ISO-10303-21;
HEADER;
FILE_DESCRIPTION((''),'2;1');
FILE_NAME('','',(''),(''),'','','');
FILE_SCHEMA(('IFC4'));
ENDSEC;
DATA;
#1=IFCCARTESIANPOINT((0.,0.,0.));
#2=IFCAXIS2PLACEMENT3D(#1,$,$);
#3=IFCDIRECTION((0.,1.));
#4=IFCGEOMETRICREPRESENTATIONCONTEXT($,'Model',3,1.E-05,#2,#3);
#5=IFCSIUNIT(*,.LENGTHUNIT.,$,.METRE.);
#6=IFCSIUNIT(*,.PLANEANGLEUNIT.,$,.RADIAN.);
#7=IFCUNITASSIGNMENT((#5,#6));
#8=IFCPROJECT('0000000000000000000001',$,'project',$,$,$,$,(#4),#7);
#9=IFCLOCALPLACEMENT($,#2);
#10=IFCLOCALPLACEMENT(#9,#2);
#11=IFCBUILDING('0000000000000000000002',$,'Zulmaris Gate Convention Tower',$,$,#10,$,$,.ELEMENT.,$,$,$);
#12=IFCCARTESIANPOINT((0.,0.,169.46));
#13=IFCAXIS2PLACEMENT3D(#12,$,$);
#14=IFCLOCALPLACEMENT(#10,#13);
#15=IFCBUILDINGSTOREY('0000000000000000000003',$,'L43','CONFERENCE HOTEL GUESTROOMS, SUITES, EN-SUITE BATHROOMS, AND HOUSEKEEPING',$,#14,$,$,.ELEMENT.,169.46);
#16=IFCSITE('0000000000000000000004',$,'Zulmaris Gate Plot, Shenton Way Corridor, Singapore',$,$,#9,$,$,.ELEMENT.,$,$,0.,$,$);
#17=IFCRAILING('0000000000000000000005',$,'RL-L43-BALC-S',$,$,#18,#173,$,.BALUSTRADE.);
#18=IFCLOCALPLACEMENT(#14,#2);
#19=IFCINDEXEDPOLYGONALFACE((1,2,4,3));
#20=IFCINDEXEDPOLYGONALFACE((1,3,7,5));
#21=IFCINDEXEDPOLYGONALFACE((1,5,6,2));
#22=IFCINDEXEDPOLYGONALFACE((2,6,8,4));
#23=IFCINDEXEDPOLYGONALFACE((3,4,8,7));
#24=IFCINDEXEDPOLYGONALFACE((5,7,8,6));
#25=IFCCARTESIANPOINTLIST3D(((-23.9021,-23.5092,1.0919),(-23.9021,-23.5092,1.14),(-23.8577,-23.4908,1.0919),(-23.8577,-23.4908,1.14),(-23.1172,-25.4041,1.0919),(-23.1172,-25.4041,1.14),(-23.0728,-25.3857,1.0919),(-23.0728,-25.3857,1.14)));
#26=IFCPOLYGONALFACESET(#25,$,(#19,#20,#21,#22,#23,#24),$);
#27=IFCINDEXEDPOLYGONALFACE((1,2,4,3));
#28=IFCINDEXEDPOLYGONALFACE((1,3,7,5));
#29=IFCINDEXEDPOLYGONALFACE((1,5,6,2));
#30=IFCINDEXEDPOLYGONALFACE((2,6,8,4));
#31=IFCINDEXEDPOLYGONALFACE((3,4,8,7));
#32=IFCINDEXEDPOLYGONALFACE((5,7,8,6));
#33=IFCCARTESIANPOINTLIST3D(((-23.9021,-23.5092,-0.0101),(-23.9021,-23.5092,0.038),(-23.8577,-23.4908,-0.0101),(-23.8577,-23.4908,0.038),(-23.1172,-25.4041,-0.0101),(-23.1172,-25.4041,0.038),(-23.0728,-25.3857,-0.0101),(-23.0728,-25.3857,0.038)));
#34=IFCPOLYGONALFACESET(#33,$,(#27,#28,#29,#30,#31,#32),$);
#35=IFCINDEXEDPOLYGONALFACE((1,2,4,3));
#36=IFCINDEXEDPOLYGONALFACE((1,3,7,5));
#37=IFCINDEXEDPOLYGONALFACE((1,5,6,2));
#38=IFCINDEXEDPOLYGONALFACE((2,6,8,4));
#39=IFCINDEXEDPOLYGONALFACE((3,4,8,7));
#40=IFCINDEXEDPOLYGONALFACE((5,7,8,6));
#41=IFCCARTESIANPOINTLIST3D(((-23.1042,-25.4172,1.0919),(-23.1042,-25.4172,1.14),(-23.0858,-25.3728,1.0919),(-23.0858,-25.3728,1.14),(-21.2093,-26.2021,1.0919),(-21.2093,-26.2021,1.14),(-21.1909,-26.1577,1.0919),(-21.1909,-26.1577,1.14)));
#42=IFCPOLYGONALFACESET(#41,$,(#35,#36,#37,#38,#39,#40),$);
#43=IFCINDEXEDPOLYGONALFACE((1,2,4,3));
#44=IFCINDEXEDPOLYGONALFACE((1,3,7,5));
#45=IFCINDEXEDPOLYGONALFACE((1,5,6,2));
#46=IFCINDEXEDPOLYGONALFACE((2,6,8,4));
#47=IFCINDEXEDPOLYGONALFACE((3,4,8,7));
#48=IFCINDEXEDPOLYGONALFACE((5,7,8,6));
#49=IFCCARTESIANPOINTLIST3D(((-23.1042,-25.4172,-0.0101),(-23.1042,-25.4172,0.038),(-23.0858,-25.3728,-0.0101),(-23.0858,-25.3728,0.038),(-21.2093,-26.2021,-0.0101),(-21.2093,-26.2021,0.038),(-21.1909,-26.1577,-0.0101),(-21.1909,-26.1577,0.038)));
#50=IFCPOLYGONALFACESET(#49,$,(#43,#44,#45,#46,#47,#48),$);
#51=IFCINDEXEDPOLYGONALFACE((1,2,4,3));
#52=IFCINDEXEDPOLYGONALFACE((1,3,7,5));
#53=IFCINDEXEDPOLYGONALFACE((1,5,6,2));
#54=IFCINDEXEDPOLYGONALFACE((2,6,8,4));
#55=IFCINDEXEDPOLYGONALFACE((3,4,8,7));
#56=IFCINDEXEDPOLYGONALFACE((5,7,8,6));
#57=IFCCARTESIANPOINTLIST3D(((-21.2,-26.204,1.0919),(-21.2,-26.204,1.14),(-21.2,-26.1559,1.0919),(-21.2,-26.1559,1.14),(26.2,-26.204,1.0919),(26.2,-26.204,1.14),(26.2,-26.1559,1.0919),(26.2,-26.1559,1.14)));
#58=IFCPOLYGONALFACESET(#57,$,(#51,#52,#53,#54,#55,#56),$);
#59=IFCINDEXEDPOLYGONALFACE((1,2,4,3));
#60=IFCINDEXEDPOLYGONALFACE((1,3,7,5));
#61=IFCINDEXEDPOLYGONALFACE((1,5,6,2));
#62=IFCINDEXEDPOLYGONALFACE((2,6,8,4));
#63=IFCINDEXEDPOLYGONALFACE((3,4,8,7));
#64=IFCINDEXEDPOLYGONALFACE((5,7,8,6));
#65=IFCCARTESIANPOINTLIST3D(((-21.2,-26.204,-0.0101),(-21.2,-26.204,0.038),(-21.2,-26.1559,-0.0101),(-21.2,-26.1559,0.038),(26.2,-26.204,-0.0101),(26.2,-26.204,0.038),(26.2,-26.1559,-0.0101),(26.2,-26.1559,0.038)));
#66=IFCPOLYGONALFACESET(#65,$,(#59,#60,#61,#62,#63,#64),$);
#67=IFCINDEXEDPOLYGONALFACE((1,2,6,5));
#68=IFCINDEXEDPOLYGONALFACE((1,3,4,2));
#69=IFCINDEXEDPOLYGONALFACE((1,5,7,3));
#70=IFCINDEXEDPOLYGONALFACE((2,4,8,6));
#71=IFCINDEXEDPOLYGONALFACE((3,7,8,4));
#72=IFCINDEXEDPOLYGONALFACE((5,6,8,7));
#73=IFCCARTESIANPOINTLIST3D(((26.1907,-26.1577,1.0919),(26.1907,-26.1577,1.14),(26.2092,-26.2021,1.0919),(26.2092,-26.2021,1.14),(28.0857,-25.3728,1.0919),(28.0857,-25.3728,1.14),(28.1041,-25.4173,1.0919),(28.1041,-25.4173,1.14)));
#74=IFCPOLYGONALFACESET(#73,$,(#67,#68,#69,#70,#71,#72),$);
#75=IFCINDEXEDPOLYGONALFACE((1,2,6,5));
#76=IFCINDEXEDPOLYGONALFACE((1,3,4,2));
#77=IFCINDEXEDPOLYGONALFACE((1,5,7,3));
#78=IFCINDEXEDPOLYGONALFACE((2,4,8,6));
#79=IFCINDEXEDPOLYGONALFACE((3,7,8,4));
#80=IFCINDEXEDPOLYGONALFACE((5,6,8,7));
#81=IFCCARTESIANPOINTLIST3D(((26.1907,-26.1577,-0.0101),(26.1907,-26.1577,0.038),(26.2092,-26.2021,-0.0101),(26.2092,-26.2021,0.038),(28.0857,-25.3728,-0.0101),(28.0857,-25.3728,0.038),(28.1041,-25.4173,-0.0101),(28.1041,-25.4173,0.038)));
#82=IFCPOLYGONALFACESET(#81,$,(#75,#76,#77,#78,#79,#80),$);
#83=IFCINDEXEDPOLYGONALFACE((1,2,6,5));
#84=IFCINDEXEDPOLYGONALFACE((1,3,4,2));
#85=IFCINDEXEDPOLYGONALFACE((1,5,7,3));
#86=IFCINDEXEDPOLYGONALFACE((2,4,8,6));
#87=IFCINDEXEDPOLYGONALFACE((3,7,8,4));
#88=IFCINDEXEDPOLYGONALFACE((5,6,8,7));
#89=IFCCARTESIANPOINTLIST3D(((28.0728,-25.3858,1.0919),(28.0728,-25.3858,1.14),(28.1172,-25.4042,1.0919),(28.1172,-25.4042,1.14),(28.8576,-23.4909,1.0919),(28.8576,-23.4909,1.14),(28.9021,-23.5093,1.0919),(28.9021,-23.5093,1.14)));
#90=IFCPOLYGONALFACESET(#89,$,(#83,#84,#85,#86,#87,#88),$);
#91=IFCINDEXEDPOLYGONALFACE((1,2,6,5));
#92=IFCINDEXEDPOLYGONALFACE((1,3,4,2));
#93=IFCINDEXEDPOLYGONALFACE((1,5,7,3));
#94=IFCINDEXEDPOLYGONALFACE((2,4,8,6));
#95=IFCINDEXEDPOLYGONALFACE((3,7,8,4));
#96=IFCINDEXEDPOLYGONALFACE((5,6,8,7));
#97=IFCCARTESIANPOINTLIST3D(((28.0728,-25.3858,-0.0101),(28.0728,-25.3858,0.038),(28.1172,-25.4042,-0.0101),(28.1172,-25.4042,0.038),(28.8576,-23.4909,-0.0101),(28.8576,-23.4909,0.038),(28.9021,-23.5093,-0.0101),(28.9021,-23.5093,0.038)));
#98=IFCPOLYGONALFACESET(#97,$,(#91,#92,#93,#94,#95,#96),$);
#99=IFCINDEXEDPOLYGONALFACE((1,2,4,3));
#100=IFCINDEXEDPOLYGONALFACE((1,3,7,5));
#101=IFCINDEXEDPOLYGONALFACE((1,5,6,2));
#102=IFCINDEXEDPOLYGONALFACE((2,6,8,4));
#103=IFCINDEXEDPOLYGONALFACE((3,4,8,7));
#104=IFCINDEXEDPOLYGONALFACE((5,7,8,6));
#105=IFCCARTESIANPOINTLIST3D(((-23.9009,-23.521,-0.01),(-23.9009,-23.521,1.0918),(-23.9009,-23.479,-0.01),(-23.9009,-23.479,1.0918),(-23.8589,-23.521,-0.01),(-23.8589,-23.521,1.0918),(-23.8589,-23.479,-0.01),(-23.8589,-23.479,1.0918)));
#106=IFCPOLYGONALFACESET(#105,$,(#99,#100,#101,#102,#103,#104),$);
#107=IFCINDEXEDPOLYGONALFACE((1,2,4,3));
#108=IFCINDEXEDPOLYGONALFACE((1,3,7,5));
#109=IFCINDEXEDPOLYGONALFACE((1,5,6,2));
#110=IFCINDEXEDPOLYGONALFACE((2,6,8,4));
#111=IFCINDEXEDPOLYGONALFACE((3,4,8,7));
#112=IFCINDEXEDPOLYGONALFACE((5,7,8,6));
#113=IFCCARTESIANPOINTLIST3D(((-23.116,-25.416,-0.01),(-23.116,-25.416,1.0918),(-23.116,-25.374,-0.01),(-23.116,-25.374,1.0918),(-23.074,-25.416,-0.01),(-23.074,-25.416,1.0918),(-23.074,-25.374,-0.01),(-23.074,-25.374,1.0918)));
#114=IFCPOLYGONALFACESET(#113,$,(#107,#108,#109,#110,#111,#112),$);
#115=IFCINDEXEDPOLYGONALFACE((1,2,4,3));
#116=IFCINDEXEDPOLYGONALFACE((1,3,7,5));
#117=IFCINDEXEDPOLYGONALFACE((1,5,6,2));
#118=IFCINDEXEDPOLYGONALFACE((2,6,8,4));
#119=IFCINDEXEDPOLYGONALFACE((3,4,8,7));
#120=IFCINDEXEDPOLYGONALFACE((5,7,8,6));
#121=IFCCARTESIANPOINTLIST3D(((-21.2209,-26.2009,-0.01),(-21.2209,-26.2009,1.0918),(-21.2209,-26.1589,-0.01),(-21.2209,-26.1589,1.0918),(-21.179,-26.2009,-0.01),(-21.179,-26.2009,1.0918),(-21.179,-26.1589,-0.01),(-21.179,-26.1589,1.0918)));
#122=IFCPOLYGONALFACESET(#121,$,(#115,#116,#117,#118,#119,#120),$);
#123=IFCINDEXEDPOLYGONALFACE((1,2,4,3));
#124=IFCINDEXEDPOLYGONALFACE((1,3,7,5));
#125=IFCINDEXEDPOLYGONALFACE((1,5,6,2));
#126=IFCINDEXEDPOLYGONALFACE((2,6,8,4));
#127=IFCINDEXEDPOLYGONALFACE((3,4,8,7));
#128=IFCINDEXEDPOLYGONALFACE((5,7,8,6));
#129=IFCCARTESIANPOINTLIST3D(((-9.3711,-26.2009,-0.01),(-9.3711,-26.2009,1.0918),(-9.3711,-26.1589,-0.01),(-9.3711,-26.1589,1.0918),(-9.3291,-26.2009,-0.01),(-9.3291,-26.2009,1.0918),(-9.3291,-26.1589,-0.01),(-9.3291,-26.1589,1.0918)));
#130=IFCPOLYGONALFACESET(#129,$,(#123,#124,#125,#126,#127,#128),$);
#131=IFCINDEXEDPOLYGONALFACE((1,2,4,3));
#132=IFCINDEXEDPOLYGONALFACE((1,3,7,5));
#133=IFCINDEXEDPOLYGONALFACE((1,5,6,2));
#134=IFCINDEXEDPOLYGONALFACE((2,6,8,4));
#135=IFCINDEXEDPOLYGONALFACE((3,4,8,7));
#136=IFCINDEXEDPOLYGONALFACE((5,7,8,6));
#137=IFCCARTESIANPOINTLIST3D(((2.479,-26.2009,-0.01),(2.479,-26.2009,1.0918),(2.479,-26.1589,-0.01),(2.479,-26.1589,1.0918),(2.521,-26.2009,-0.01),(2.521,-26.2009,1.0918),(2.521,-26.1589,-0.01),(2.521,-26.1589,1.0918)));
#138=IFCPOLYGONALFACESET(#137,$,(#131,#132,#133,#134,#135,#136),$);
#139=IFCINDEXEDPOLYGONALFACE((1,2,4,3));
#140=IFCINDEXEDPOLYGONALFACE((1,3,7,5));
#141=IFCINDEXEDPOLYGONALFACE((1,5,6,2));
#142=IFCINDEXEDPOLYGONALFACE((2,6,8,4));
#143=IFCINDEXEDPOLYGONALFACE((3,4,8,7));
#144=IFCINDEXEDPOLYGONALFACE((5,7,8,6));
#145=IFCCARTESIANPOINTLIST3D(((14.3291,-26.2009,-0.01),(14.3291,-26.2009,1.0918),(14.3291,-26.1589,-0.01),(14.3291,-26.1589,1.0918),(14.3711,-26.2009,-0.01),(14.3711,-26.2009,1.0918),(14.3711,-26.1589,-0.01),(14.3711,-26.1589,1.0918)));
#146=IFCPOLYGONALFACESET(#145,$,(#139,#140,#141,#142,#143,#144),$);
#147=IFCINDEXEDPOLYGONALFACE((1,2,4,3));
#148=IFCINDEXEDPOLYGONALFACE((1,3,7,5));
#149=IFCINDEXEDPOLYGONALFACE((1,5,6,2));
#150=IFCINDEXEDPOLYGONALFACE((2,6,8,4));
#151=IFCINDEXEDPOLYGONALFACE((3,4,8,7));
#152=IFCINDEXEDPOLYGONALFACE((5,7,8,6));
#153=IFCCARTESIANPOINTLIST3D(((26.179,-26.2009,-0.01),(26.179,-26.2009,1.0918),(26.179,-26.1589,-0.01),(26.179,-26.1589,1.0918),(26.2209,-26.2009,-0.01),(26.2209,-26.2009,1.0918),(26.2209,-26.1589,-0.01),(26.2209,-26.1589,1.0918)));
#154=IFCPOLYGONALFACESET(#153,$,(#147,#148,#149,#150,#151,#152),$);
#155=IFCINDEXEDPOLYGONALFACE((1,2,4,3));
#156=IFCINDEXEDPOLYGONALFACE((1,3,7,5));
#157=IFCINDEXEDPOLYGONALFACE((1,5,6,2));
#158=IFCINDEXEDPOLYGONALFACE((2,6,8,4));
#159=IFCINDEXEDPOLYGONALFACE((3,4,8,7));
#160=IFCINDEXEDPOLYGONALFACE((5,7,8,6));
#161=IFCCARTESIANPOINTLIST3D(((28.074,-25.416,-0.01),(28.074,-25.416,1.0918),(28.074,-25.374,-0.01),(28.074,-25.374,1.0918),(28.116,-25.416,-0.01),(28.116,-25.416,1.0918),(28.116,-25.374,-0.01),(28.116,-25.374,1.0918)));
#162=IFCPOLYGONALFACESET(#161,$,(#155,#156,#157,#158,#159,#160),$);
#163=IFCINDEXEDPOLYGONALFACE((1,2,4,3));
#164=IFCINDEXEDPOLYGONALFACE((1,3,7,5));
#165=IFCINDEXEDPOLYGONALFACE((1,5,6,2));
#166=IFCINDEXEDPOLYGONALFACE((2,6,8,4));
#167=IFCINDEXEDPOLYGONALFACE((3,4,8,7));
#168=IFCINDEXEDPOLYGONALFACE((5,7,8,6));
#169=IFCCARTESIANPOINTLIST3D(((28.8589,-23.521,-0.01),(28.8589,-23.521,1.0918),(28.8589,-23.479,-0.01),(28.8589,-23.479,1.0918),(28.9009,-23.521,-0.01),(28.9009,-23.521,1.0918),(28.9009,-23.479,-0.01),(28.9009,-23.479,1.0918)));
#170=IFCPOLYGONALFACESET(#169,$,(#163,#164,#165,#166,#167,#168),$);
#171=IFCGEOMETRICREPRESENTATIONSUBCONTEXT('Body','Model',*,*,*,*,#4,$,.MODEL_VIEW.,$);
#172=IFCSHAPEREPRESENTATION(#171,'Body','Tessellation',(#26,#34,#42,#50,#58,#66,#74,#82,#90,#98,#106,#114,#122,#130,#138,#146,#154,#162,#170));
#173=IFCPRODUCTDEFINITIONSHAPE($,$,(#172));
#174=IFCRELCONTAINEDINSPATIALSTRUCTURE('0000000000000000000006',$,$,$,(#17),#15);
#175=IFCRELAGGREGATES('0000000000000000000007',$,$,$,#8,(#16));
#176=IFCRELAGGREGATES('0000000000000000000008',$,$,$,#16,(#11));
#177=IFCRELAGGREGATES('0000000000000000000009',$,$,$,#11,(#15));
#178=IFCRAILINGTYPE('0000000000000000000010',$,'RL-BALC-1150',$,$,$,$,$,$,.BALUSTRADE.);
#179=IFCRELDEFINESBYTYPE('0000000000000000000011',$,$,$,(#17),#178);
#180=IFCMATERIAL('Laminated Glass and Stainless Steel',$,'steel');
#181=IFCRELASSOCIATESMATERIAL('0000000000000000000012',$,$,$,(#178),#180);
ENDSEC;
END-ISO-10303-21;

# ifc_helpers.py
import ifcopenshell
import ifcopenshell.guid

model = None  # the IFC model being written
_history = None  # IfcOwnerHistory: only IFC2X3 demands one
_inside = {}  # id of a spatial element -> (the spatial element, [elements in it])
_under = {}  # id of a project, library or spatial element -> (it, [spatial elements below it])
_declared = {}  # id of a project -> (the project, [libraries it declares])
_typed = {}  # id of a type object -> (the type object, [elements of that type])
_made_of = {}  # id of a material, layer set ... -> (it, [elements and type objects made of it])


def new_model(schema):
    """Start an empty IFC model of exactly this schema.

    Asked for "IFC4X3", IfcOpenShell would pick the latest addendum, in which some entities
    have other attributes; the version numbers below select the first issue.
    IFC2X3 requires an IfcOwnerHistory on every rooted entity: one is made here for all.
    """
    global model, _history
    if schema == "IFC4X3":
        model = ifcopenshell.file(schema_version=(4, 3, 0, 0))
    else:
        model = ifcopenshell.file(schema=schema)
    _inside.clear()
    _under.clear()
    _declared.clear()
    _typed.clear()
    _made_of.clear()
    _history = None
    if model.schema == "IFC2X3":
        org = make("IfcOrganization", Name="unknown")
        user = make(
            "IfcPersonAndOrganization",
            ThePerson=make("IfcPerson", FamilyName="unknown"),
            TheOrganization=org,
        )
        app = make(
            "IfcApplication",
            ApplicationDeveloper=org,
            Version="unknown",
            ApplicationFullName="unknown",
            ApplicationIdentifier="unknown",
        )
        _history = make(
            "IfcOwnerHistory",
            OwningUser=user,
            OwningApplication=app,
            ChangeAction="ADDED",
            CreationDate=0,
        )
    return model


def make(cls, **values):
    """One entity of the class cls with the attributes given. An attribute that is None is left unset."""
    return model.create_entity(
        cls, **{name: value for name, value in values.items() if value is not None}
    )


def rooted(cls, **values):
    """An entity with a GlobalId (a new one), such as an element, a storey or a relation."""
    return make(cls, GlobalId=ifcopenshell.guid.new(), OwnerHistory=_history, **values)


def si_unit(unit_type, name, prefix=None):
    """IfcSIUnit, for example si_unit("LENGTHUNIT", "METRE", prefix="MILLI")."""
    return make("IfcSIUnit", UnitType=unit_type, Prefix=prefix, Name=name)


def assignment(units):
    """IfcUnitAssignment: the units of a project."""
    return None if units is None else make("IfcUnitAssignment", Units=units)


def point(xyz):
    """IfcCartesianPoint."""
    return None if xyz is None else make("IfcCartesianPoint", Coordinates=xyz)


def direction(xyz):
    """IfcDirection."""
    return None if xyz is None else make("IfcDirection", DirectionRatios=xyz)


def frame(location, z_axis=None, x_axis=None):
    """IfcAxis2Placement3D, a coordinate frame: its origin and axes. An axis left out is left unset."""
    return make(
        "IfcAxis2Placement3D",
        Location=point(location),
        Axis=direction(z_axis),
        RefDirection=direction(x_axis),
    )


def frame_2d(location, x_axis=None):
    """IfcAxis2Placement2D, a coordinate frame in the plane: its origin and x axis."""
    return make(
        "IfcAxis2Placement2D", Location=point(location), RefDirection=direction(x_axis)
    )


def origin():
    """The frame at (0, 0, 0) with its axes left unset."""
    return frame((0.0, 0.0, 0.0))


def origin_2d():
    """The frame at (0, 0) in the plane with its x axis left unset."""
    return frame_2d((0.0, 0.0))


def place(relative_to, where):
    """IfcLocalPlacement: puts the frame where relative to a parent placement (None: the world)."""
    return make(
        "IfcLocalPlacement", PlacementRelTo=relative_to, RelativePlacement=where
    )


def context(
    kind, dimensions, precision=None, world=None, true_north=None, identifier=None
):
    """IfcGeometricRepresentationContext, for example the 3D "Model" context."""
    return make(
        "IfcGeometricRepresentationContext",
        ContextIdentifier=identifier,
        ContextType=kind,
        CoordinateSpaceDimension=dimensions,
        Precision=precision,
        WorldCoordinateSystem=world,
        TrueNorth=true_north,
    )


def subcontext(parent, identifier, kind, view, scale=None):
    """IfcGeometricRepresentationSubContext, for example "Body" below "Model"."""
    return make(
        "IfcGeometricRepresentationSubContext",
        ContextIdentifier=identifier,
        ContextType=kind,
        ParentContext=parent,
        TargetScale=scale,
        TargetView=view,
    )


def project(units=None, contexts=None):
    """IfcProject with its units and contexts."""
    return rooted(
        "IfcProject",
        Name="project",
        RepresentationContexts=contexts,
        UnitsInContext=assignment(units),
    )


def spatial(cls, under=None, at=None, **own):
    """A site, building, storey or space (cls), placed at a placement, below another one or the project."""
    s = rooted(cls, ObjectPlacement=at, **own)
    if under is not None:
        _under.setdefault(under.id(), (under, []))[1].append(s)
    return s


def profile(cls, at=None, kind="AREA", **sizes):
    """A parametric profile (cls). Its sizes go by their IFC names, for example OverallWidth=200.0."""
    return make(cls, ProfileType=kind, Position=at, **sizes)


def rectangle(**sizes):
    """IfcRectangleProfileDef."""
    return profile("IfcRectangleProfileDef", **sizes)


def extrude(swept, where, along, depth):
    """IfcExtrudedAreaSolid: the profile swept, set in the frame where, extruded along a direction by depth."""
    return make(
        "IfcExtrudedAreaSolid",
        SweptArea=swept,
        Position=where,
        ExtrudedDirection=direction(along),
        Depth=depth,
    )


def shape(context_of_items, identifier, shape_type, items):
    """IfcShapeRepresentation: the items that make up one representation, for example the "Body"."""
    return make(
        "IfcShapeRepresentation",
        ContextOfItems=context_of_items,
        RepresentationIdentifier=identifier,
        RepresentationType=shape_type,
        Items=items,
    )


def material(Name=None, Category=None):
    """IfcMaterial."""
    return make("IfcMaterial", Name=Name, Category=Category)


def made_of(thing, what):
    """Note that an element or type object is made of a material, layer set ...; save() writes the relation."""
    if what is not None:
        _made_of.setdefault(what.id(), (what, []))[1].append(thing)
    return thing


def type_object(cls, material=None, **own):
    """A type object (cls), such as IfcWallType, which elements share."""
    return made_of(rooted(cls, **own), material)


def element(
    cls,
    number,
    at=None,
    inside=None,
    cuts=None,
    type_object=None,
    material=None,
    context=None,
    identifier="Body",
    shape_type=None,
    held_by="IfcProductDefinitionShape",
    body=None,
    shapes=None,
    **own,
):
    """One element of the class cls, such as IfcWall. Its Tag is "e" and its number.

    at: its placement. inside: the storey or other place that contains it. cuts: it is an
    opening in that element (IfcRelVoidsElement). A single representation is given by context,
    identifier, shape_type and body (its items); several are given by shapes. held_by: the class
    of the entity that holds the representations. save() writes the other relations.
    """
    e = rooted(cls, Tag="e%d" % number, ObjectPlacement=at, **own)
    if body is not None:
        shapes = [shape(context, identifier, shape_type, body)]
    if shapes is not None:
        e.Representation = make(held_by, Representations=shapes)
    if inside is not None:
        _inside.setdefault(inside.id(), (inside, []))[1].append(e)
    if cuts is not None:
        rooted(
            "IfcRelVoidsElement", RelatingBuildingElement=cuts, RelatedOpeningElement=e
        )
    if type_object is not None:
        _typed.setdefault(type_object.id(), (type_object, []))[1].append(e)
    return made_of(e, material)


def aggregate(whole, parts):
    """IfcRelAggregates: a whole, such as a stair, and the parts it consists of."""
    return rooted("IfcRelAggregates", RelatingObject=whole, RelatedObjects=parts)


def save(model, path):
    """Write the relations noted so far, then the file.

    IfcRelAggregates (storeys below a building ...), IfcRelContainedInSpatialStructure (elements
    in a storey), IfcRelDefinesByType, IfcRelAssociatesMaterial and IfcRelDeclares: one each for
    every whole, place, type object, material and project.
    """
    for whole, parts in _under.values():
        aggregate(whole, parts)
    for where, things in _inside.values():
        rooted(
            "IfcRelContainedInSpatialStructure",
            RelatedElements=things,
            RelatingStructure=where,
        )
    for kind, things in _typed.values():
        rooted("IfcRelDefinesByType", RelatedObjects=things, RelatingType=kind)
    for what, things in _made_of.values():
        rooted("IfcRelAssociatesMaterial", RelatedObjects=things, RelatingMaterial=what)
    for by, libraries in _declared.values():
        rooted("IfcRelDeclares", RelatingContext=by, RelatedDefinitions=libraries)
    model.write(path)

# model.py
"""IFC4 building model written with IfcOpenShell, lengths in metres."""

from ifc_helpers import new_model, si_unit, direction, frame, origin, origin_2d, place, context, subcontext, project, spatial, rectangle, extrude, material, type_object, element, save


model = new_model("IFC4")

# Units and contexts
model_context = context("Model", 3, precision=1e-05, world=origin(), true_north=direction((0.0, 1.0)))
body_context = subcontext(model_context, "Body", "Model", "MODEL_VIEW")
ifc_project = project(units=[si_unit("LENGTHUNIT", "METRE"), si_unit("PLANEANGLEUNIT", "RADIAN")], contexts=[model_context])

# Site, building, storey
site_placement = place(None, origin())
site = spatial("IfcSite", under=ifc_project, at=site_placement, Name="Zulmaris Gate Plot, Shenton Way Corridor, Singapore", CompositionType="ELEMENT", RefElevation=0.0)
building_placement = place(site_placement, origin())
building = spatial("IfcBuilding", under=site, at=building_placement, Name="Zulmaris Gate Convention Tower", CompositionType="ELEMENT")
storey_placement = place(building_placement, frame((0.0, 0.0, 169.46)))
storey = spatial("IfcBuildingStorey", under=building, at=storey_placement, Name="L43", Description="CONFERENCE HOTEL GUESTROOMS, SUITES, EN-SUITE BATHROOMS, AND HOUSEKEEPING", CompositionType="ELEMENT", Elevation=169.46)

# Railing
ifc_material_1 = material(Name="Laminated Glass and Stainless Steel", Category="steel")
railing_type = type_object("IfcRailingType", Name="RL-BALC-1150", PredefinedType="BALUSTRADE", material=ifc_material_1)
railing_placement = place(storey_placement, frame((-23.8799, -23.5, -0.01)))
element("IfcRailing", 1, at=railing_placement, inside=storey, type_object=railing_type, Name="RL-L43-BALC-S", PredefinedType="BALUSTRADE", context=body_context, shape_type="SweptSolid", body=[
    extrude(rectangle(XDim=0.0481, YDim=0.0481, at=origin_2d()), frame((0.0, 0.0, 1.126), z_axis=(0.382671, -0.923885, 0.0), x_axis=(0.923885, 0.382671, 0.0)), (0.0, 0.0, 1.0), 2.051),
    extrude(rectangle(XDim=0.0481, YDim=0.0481, at=origin_2d()), frame((0.0, 0.0, 0.0239), z_axis=(0.382671, -0.923885, 0.0), x_axis=(0.923885, 0.382671, 0.0)), (0.0, 0.0, 1.0), 2.051),
    extrude(rectangle(XDim=0.0481, YDim=0.0481, at=origin_2d()), frame((0.7849, -1.895, 1.126), z_axis=(0.923885, -0.382671, 0.0), x_axis=(0.382671, 0.923885, 0.0)), (0.0, 0.0, 1.0), 2.051),
    extrude(rectangle(XDim=0.0481, YDim=0.0481, at=origin_2d()), frame((0.7849, -1.895, 0.0239), z_axis=(0.923885, -0.382671, 0.0), x_axis=(0.382671, 0.923885, 0.0)), (0.0, 0.0, 1.0), 2.051),
    extrude(rectangle(XDim=0.0481, YDim=0.0481, at=origin_2d()), frame((2.6799, -2.6799, 1.126), z_axis=(1.0, 0.0, 0.0), x_axis=(0.0, 1.0, 0.0)), (0.0, 0.0, 1.0), 47.3999),
    extrude(rectangle(XDim=0.0481, YDim=0.0481, at=origin_2d()), frame((2.6799, -2.6799, 0.0239), z_axis=(1.0, 0.0, 0.0), x_axis=(0.0, 1.0, 0.0)), (0.0, 0.0, 1.0), 47.3999),
    extrude(rectangle(XDim=0.0481, YDim=0.0481, at=origin_2d()), frame((50.0798, -2.6799, 1.126), z_axis=(0.923885, 0.382671, 0.0), x_axis=(-0.382671, 0.923885, 0.0)), (0.0, 0.0, 1.0), 2.051),
    extrude(rectangle(XDim=0.0481, YDim=0.0481, at=origin_2d()), frame((50.0798, -2.6799, 0.0239), z_axis=(0.923885, 0.382671, 0.0), x_axis=(-0.382671, 0.923885, 0.0)), (0.0, 0.0, 1.0), 2.051),
    extrude(rectangle(XDim=0.0481, YDim=0.0481, at=origin_2d()), frame((51.9749, -1.895, 1.126), z_axis=(0.382671, 0.923885, 0.0), x_axis=(-0.923885, 0.382671, 0.0)), (0.0, 0.0, 1.0), 2.051),
    extrude(rectangle(XDim=0.0481, YDim=0.0481, at=origin_2d()), frame((51.9749, -1.895, 0.0239), z_axis=(0.382671, 0.923885, 0.0), x_axis=(-0.923885, 0.382671, 0.0)), (0.0, 0.0, 1.0), 2.051),
    extrude(rectangle(XDim=0.042, YDim=0.042, at=origin_2d()), origin(), (0.0, 0.0, 1.0), 1.1018),
    extrude(rectangle(XDim=0.042, YDim=0.042, at=origin_2d()), frame((0.7849, -1.895, 0.0)), (0.0, 0.0, 1.0), 1.1018),
    extrude(rectangle(XDim=0.042, YDim=0.042, at=origin_2d()), frame((2.6799, -2.6799, 0.0)), (0.0, 0.0, 1.0), 1.1018),
    extrude(rectangle(XDim=0.042, YDim=0.042, at=origin_2d()), frame((14.5298, -2.6799, 0.0)), (0.0, 0.0, 1.0), 1.1018),
    extrude(rectangle(XDim=0.042, YDim=0.042, at=origin_2d()), frame((26.3799, -2.6799, 0.0)), (0.0, 0.0, 1.0), 1.1018),
    extrude(rectangle(XDim=0.042, YDim=0.042, at=origin_2d()), frame((38.23, -2.6799, 0.0)), (0.0, 0.0, 1.0), 1.1018),
    extrude(rectangle(XDim=0.042, YDim=0.042, at=origin_2d()), frame((50.0798, -2.6799, 0.0)), (0.0, 0.0, 1.0), 1.1018),
    extrude(rectangle(XDim=0.042, YDim=0.042, at=origin_2d()), frame((51.9749, -1.895, 0.0)), (0.0, 0.0, 1.0), 1.1018),
    extrude(rectangle(XDim=0.042, YDim=0.042, at=origin_2d()), frame((52.7598, 0.0, 0.0)), (0.0, 0.0, 1.0), 1.1018),
])

save(model, "model.ifc")
